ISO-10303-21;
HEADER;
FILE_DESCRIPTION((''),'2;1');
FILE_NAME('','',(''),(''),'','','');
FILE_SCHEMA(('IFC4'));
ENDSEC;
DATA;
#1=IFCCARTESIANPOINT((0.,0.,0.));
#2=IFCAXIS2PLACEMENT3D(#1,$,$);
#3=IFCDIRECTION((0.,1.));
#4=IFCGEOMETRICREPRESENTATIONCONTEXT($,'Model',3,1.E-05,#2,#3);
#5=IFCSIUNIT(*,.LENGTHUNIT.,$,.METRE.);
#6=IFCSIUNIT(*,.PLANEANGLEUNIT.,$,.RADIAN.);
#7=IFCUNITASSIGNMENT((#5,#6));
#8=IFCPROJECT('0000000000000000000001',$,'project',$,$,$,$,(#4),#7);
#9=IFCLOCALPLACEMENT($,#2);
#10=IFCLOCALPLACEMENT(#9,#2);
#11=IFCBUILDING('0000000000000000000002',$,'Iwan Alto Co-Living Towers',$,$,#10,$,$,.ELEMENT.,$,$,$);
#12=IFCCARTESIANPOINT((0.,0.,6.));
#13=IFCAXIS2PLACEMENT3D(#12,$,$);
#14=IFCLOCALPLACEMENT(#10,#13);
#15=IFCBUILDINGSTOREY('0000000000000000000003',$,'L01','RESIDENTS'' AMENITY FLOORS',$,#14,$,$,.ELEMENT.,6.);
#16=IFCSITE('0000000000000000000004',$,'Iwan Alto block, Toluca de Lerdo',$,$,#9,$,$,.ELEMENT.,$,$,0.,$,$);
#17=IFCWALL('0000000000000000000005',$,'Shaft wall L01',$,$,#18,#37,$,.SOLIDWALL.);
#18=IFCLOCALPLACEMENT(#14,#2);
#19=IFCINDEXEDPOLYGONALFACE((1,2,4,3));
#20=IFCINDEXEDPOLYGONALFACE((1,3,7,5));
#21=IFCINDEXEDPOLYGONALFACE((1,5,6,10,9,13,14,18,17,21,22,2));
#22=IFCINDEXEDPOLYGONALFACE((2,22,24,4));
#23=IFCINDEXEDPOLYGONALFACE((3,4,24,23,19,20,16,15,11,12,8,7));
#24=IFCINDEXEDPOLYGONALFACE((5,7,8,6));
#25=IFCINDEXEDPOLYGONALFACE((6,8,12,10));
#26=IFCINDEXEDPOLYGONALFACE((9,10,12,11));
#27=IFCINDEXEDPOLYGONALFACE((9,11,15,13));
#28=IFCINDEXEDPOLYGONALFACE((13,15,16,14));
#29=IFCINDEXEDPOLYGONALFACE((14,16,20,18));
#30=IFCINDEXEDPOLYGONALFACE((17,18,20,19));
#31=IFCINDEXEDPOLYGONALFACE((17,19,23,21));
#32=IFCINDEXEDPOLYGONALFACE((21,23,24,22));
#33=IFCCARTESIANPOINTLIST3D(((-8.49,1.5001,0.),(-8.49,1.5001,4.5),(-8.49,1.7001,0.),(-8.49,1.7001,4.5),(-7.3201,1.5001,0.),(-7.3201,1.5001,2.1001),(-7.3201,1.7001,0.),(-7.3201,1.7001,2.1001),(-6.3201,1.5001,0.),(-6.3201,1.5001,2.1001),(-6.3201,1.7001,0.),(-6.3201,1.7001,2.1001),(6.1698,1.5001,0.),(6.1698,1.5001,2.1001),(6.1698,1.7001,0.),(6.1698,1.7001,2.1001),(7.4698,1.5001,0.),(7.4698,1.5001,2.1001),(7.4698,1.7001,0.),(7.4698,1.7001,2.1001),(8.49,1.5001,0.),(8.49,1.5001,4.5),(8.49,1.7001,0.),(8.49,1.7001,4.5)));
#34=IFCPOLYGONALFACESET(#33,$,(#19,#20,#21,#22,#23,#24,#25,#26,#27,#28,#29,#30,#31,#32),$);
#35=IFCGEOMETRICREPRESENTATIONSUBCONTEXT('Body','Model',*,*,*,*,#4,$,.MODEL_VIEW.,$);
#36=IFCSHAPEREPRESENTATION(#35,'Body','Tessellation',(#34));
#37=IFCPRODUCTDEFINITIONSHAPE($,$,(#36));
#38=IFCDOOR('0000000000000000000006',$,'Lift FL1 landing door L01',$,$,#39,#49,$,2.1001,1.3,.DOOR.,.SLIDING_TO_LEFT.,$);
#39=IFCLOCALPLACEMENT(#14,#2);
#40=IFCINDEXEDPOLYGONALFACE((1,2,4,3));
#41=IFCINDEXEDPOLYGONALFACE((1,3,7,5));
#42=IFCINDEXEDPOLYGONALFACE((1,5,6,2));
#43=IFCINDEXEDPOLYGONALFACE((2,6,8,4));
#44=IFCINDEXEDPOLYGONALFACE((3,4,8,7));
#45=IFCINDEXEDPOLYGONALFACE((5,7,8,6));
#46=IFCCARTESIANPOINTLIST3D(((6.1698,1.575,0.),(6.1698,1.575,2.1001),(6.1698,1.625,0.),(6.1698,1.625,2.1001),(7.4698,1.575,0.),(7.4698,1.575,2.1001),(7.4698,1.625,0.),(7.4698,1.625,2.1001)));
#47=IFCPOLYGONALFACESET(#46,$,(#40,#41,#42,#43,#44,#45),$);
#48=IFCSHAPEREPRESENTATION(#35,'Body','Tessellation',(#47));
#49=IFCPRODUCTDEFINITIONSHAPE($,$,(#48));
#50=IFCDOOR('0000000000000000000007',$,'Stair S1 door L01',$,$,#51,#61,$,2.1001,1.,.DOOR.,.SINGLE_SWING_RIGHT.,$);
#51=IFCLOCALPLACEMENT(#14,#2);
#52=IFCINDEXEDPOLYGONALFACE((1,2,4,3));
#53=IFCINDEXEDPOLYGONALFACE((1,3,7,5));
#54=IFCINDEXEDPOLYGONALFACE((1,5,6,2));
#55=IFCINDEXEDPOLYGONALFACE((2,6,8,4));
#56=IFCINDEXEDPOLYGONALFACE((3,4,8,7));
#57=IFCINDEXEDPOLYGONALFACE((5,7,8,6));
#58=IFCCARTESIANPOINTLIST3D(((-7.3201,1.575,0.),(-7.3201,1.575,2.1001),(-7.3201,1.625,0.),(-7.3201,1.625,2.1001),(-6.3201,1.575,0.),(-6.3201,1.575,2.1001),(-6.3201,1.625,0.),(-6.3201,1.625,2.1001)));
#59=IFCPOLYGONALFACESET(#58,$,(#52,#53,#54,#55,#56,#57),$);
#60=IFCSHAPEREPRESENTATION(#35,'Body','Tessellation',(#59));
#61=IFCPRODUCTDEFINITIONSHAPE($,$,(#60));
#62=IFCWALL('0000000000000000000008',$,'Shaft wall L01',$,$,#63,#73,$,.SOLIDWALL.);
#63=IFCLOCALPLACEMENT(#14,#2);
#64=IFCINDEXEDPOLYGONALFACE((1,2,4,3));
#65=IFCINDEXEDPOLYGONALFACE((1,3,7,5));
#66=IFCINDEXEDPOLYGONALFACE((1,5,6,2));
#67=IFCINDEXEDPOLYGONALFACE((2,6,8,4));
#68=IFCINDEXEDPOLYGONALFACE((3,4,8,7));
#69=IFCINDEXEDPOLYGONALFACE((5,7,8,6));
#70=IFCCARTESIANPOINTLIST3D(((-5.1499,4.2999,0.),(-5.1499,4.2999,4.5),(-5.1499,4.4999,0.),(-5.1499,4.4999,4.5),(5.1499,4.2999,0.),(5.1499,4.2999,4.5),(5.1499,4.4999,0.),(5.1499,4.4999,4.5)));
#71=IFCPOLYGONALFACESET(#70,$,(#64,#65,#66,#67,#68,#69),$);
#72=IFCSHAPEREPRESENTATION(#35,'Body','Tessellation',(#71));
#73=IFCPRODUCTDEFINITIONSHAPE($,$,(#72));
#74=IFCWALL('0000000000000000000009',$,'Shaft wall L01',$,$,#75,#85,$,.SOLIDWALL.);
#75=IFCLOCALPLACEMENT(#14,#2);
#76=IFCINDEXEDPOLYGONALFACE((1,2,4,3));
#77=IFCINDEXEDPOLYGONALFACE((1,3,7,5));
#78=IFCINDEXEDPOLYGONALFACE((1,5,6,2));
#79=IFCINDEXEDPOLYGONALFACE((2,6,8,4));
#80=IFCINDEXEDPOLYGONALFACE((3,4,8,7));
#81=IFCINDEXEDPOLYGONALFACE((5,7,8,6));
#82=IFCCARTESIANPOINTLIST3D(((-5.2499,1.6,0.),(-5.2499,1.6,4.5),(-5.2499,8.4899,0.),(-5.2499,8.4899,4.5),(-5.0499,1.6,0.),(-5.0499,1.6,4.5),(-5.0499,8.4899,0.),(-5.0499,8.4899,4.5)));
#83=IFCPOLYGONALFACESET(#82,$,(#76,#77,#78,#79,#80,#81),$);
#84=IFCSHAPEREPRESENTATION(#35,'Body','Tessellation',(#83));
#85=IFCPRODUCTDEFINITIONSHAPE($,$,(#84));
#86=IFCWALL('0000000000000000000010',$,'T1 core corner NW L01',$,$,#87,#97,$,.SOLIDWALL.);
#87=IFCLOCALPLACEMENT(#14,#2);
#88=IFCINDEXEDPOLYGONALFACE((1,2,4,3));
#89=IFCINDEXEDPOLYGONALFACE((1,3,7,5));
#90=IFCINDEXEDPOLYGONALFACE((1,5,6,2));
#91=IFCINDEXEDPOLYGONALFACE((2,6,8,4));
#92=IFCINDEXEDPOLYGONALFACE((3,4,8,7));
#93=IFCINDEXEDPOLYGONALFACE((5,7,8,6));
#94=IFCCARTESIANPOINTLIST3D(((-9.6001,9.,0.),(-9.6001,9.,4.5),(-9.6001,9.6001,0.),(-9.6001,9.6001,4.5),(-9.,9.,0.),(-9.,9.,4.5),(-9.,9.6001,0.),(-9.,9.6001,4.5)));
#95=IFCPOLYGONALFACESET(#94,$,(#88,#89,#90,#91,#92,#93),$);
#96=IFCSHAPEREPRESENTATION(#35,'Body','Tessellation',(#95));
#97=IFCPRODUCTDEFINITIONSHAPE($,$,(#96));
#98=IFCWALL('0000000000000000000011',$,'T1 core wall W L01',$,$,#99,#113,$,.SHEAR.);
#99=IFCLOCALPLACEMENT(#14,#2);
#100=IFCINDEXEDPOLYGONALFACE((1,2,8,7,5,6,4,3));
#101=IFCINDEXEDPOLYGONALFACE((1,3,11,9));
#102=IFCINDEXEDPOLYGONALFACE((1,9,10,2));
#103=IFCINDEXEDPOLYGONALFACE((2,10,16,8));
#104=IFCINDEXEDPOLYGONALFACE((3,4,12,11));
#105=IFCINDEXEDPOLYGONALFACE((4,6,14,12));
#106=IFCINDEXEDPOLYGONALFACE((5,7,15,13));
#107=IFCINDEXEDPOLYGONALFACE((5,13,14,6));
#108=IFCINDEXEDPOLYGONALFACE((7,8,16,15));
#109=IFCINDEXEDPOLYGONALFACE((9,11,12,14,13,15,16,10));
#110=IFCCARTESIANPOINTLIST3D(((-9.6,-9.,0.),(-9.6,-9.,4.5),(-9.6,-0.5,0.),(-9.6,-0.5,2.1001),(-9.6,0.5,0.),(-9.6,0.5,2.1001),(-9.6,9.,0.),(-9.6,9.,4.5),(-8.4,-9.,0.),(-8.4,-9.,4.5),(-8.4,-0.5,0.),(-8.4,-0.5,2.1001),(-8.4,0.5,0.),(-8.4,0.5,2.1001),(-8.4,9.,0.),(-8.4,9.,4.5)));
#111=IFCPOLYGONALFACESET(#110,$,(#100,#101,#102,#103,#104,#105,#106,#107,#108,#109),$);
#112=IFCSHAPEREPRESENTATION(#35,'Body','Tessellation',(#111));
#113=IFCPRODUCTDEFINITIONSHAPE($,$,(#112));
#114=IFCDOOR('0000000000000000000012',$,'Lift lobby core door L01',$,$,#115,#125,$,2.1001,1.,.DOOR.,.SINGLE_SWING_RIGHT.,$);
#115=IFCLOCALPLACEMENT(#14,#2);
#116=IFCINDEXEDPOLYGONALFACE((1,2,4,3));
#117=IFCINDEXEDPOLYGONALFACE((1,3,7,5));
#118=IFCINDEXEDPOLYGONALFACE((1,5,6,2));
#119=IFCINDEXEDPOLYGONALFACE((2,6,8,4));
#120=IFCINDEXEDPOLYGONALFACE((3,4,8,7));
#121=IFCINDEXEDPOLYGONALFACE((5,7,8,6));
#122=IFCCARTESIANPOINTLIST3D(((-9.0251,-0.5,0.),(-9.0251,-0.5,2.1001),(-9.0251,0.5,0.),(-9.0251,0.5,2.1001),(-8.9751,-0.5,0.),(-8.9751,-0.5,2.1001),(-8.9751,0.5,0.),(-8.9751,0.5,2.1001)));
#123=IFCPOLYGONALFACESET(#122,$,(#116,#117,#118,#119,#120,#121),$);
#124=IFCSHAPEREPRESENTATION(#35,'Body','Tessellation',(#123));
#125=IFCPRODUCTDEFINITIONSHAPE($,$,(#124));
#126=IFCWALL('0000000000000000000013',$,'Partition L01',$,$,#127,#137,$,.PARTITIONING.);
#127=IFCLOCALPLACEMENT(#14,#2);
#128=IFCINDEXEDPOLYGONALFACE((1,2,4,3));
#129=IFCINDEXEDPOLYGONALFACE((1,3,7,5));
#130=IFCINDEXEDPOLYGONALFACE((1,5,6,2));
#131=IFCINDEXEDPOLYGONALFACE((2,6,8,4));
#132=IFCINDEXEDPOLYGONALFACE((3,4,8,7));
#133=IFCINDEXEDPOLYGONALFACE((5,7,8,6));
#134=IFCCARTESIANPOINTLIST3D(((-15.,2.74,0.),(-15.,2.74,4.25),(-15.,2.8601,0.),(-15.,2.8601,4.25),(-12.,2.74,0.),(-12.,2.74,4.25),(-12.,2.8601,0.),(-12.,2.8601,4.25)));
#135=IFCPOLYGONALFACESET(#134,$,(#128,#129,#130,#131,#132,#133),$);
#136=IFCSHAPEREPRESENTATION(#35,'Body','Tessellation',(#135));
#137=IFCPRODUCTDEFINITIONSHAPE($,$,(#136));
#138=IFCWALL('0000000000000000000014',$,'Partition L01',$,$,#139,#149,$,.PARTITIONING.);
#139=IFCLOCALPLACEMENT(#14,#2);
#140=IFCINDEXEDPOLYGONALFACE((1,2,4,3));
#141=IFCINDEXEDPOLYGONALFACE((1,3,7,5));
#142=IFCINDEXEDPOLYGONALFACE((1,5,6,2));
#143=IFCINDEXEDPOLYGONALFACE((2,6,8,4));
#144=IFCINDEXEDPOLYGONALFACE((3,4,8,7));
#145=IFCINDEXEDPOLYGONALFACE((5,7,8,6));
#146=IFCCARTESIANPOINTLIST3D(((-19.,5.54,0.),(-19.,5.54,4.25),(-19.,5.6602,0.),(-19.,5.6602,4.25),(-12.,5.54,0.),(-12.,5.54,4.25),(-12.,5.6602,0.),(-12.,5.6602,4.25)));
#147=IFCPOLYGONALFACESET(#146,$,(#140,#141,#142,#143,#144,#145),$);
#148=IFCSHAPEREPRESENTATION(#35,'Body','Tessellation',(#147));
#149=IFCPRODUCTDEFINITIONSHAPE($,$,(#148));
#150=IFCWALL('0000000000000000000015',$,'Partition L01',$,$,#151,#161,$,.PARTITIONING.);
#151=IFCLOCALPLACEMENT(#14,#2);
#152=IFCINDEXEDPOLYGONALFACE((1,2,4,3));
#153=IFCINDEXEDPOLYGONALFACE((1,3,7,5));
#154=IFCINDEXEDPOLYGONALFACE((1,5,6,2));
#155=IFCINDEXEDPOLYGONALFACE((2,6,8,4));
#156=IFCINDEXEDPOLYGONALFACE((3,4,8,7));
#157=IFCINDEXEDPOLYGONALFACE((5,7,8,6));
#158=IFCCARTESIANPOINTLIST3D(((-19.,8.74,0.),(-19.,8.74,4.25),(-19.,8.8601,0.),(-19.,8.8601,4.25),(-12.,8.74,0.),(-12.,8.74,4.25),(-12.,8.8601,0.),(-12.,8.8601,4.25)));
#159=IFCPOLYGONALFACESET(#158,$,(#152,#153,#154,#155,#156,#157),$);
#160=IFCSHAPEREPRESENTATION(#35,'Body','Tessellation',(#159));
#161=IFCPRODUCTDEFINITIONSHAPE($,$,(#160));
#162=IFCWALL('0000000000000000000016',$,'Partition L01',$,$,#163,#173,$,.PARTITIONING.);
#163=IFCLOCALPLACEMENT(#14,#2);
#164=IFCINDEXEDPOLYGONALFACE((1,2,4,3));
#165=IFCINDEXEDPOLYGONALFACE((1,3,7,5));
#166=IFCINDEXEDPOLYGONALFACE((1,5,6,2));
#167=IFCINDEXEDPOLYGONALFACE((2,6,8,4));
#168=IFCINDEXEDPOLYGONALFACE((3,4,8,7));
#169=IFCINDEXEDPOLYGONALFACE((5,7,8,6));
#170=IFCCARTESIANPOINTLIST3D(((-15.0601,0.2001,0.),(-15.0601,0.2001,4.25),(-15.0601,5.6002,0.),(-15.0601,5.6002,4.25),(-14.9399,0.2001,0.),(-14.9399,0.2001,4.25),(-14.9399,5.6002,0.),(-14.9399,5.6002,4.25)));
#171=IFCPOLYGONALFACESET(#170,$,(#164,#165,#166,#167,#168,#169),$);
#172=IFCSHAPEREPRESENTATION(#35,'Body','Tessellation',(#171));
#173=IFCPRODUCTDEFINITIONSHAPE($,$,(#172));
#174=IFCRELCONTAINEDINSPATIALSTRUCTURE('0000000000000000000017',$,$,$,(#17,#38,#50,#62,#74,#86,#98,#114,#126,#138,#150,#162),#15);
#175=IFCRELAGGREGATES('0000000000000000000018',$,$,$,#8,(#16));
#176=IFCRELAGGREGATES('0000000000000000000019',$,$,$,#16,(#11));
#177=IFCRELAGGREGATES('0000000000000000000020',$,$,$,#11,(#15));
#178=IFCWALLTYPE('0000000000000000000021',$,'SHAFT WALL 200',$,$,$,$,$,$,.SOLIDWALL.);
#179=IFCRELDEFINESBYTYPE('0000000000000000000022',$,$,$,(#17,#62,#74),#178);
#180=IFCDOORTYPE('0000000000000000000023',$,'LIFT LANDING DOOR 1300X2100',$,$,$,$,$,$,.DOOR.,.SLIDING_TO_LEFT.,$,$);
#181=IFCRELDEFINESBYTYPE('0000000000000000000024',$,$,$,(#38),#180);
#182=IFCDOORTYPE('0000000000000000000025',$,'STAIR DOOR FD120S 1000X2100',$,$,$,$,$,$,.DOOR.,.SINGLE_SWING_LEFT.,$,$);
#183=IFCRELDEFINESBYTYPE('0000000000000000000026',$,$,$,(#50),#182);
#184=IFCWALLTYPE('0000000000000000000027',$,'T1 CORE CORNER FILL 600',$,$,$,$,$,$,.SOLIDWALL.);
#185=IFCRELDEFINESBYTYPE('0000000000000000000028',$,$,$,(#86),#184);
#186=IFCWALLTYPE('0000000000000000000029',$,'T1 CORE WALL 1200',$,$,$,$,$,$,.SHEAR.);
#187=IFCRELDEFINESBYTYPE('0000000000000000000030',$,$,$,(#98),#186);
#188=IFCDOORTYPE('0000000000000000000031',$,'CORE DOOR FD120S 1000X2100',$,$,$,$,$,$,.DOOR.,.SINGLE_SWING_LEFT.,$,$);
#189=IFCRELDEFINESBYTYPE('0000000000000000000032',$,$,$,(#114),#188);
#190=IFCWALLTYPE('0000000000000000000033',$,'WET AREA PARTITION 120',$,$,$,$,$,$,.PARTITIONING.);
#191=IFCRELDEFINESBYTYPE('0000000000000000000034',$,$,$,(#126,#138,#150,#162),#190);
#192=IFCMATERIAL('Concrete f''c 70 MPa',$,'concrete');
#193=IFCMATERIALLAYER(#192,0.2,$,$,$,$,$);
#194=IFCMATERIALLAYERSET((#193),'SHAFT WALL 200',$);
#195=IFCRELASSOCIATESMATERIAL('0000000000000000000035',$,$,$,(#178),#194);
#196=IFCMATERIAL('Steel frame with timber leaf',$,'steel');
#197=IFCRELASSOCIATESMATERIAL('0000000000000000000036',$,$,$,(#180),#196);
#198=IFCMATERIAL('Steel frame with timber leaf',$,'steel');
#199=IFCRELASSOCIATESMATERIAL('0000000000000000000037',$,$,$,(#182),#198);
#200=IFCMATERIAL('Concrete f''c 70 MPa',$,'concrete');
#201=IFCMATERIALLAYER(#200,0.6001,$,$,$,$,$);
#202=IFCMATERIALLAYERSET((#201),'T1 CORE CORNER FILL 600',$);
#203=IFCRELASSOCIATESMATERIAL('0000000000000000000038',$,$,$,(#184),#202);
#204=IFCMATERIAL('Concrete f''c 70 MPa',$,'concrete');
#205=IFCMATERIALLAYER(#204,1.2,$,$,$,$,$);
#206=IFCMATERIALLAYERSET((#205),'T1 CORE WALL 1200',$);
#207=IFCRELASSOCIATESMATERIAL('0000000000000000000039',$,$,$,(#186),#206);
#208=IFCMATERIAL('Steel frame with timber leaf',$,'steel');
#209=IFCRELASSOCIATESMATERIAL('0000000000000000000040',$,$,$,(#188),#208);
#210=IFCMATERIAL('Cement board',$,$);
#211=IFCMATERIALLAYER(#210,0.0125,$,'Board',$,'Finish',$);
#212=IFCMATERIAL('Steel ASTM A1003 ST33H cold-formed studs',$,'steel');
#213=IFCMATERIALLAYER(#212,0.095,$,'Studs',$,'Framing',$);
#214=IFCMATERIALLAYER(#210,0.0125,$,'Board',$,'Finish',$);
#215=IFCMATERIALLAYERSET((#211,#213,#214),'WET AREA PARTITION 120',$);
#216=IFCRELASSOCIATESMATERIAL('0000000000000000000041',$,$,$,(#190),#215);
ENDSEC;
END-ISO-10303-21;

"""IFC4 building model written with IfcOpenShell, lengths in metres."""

from ifc_helpers import new_model, si_unit, direction, frame, frame_2d, origin, place, context, subcontext, project, spatial, rectangle, extrude, material, layer, layer_set, type_object, element, fill, save


model = new_model("IFC4")

# Units and contexts
model_context = context("Model", 3, precision=1e-05, world=origin(), true_north=direction((0.0, 1.0)))
body_context = subcontext(model_context, "Body", "Model", "MODEL_VIEW")
ifc_project = project(units=[si_unit("LENGTHUNIT", "METRE"), si_unit("PLANEANGLEUNIT", "RADIAN")], contexts=[model_context])

# Site, building, storey
site_placement = place(None, origin())
site = spatial("IfcSite", under=ifc_project, at=site_placement, Name="Iwan Alto block, Toluca de Lerdo", CompositionType="ELEMENT", RefElevation=0.0)
building_placement = place(site_placement, origin())
building = spatial("IfcBuilding", under=site, at=building_placement, Name="Iwan Alto Co-Living Towers", CompositionType="ELEMENT")
storey_placement = place(building_placement, frame((0.0, 0.0, 6.0)))
storey = spatial("IfcBuildingStorey", under=building, at=storey_placement, Name="L01", Description="RESIDENTS' AMENITY FLOORS", CompositionType="ELEMENT", Elevation=6.0)

# Wall, openings, doors
ifc_material_1 = material(Name="Concrete f'c 70 MPa", Category="concrete")
ifc_layer_1 = layer(ifc_material_1, 0.2)
ifc_layer_set_1 = layer_set([ifc_layer_1], Name="SHAFT WALL 200")
wall_type_1 = type_object("IfcWallType", Name="SHAFT WALL 200", PredefinedType="SOLIDWALL", material=ifc_layer_set_1)
wall_1_placement = place(storey_placement, frame((-8.49, 1.6001, 0.0), z_axis=(0.0, 0.0, 1.0), x_axis=(1.0, 0.0, 0.0)))
wall_1 = element("IfcWall", 1, at=wall_1_placement, inside=storey, type_object=wall_type_1, Name="Shaft wall L01", PredefinedType="SOLIDWALL", context=body_context, shape_type="SweptSolid", body=[
    extrude(rectangle(XDim=16.98, YDim=0.2, at=frame_2d((8.49, 0.0))), origin(), (0.0, 0.0, 1.0), 4.5),
])
opening_1_placement = place(wall_1_placement, frame((1.1699, 0.0, 0.0)))
opening_1 = element("IfcOpeningElement", 2, at=opening_1_placement, cuts=wall_1, PredefinedType="OPENING", context=body_context, shape_type="SweptSolid", body=[
    extrude(rectangle(XDim=1.0, YDim=2.1001, at=frame_2d((0.5, 1.05))), frame((0.0, 0.1099, 0.0), z_axis=(0.0, -1.0, 0.0), x_axis=(1.0, 0.0, 0.0)), (0.0, 0.0, 1.0), 0.22),
])
opening_2_placement = place(wall_1_placement, frame((14.6599, 0.0, 0.0)))
opening_2 = element("IfcOpeningElement", 3, at=opening_2_placement, cuts=wall_1, PredefinedType="OPENING", context=body_context, shape_type="SweptSolid", body=[
    extrude(rectangle(XDim=1.3, YDim=2.1001, at=frame_2d((0.6499, 1.05))), frame((0.0, 0.1099, 0.0), z_axis=(0.0, -1.0, 0.0), x_axis=(1.0, 0.0, 0.0)), (0.0, 0.0, 1.0), 0.22),
])
ifc_material_2 = material(Name="Steel frame with timber leaf", Category="steel")
door_type_1 = type_object("IfcDoorType", Name="LIFT LANDING DOOR 1300X2100", OperationType="SLIDING_TO_LEFT", PredefinedType="DOOR", material=ifc_material_2)
door_1_placement = place(opening_2_placement, origin())
door_1 = element("IfcDoor", 4, at=door_1_placement, inside=storey, type_object=door_type_1, Name="Lift FL1 landing door L01", OperationType="SLIDING_TO_LEFT", OverallHeight=2.1001, OverallWidth=1.3, PredefinedType="DOOR", context=body_context, shape_type="SweptSolid", body=[
    extrude(rectangle(XDim=1.3, YDim=2.1001, at=frame_2d((0.6499, 1.05))), frame((0.0, 0.0249, 0.0), z_axis=(0.0, -1.0, 0.0), x_axis=(1.0, 0.0, 0.0)), (0.0, 0.0, 1.0), 0.05),
])
fill(opening_2, door_1)
ifc_material_3 = material(Name="Steel frame with timber leaf", Category="steel")
door_type_2 = type_object("IfcDoorType", Name="STAIR DOOR FD120S 1000X2100", OperationType="SINGLE_SWING_LEFT", PredefinedType="DOOR", material=ifc_material_3)
door_2_placement = place(opening_1_placement, origin())
door_2 = element("IfcDoor", 5, at=door_2_placement, inside=storey, type_object=door_type_2, Name="Stair S1 door L01", OperationType="SINGLE_SWING_RIGHT", OverallHeight=2.1001, OverallWidth=1.0, PredefinedType="DOOR", context=body_context, shape_type="SweptSolid", body=[
    extrude(rectangle(XDim=1.0, YDim=2.1001, at=frame_2d((0.5, 1.05))), frame((0.0, 0.0249, 0.0), z_axis=(0.0, -1.0, 0.0), x_axis=(1.0, 0.0, 0.0)), (0.0, 0.0, 1.0), 0.05),
])
fill(opening_1, door_2)

# Walls
wall_2_placement = place(storey_placement, frame((-5.1499, 4.3999, 0.0), z_axis=(0.0, 0.0, 1.0), x_axis=(1.0, 0.0, 0.0)))
element("IfcWall", 6, at=wall_2_placement, inside=storey, type_object=wall_type_1, Name="Shaft wall L01", PredefinedType="SOLIDWALL", context=body_context, shape_type="SweptSolid", body=[
    extrude(rectangle(XDim=10.2998, YDim=0.2, at=frame_2d((5.1499, 0.0))), origin(), (0.0, 0.0, 1.0), 4.5),
])
wall_3_placement = place(storey_placement, frame((-5.1499, 1.6001, 0.0), z_axis=(0.0, 0.0, 1.0), x_axis=(0.0, 1.0, 0.0)))
element("IfcWall", 7, at=wall_3_placement, inside=storey, type_object=wall_type_1, Name="Shaft wall L01", PredefinedType="SOLIDWALL", context=body_context, shape_type="SweptSolid", body=[
    extrude(rectangle(XDim=6.8899, YDim=0.2, at=frame_2d((3.4448, 0.0))), origin(), (0.0, 0.0, 1.0), 4.5),
])
ifc_material_4 = material(Name="Concrete f'c 70 MPa", Category="concrete")
ifc_layer_2 = layer(ifc_material_4, 0.6001)
ifc_layer_set_2 = layer_set([ifc_layer_2], Name="T1 CORE CORNER FILL 600")
wall_type_2 = type_object("IfcWallType", Name="T1 CORE CORNER FILL 600", PredefinedType="SOLIDWALL", material=ifc_layer_set_2)
wall_4_placement = place(storey_placement, frame((-9.6001, 9.3, 0.0), z_axis=(0.0, 0.0, 1.0), x_axis=(1.0, 0.0, 0.0)))
element("IfcWall", 8, at=wall_4_placement, inside=storey, type_object=wall_type_2, Name="T1 core corner NW L01", PredefinedType="SOLIDWALL", context=body_context, shape_type="SweptSolid", body=[
    extrude(rectangle(XDim=0.6001, YDim=0.6001, at=frame_2d((0.3, 0.0))), origin(), (0.0, 0.0, 1.0), 4.5),
])

# Wall, opening, door
ifc_material_5 = material(Name="Concrete f'c 70 MPa", Category="concrete")
ifc_layer_3 = layer(ifc_material_5, 1.2)
ifc_layer_set_3 = layer_set([ifc_layer_3], Name="T1 CORE WALL 1200")
wall_type_3 = type_object("IfcWallType", Name="T1 CORE WALL 1200", PredefinedType="SHEAR", material=ifc_layer_set_3)
wall_5_placement = place(storey_placement, frame((-9.0, 9.0, 0.0), z_axis=(0.0, 0.0, 1.0), x_axis=(0.0, -1.0, 0.0)))
wall_5 = element("IfcWall", 9, at=wall_5_placement, inside=storey, type_object=wall_type_3, Name="T1 core wall W L01", PredefinedType="SHEAR", context=body_context, shape_type="SweptSolid", body=[
    extrude(rectangle(XDim=18.0, YDim=1.2, at=frame_2d((9.0, 0.0))), origin(), (0.0, 0.0, 1.0), 4.5),
])
opening_3_placement = place(wall_5_placement, frame((8.5, 0.0, 0.0)))
opening_3 = element("IfcOpeningElement", 10, at=opening_3_placement, cuts=wall_5, PredefinedType="OPENING", context=body_context, shape_type="SweptSolid", body=[
    extrude(rectangle(XDim=1.0, YDim=2.1001, at=frame_2d((0.5, 1.05))), frame((0.0, 0.6099, 0.0), z_axis=(0.0, -1.0, 0.0), x_axis=(1.0, 0.0, 0.0)), (0.0, 0.0, 1.0), 1.22),
])
ifc_material_6 = material(Name="Steel frame with timber leaf", Category="steel")
door_type_3 = type_object("IfcDoorType", Name="CORE DOOR FD120S 1000X2100", OperationType="SINGLE_SWING_LEFT", PredefinedType="DOOR", material=ifc_material_6)
door_3_placement = place(opening_3_placement, origin())
door_3 = element("IfcDoor", 11, at=door_3_placement, inside=storey, type_object=door_type_3, Name="Lift lobby core door L01", OperationType="SINGLE_SWING_RIGHT", OverallHeight=2.1001, OverallWidth=1.0, PredefinedType="DOOR", context=body_context, shape_type="SweptSolid", body=[
    extrude(rectangle(XDim=1.0, YDim=2.1001, at=frame_2d((0.5, 1.05))), frame((0.0, 0.0249, 0.0), z_axis=(0.0, -1.0, 0.0), x_axis=(1.0, 0.0, 0.0)), (0.0, 0.0, 1.0), 0.05),
])
fill(opening_3, door_3)

# Walls
ifc_material_7 = material(Name="Cement board")
ifc_layer_4 = layer(ifc_material_7, 0.0125, Name="Board", Category="Finish")
ifc_material_8 = material(Name="Steel ASTM A1003 ST33H cold-formed studs", Category="steel")
ifc_layer_5 = layer(ifc_material_8, 0.095, Name="Studs", Category="Framing")
ifc_layer_6 = layer(ifc_material_7, 0.0125, Name="Board", Category="Finish")
ifc_layer_set_4 = layer_set([ifc_layer_4, ifc_layer_5, ifc_layer_6], Name="WET AREA PARTITION 120")
wall_type_4 = type_object("IfcWallType", Name="WET AREA PARTITION 120", PredefinedType="PARTITIONING", material=ifc_layer_set_4)
wall_6_placement = place(storey_placement, frame((-15.0, 2.8, 0.0), z_axis=(0.0, 0.0, 1.0), x_axis=(1.0, 0.0, 0.0)))
element("IfcWall", 12, at=wall_6_placement, inside=storey, type_object=wall_type_4, Name="Partition L01", PredefinedType="PARTITIONING", context=body_context, shape_type="SweptSolid", body=[
    extrude(rectangle(XDim=3.0, YDim=0.1201, at=frame_2d((1.5, 0.0))), origin(), (0.0, 0.0, 1.0), 4.25),
])
for number, where, z_axis, x_axis, name in (
    (13, (-19.0, 5.6001, 0.0), (0.0, 0.0, 1.0), (1.0, 0.0, 0.0), "Partition L01"),
    (14, (-19.0, 8.8, 0.0), (0.0, 0.0, 1.0), (1.0, 0.0, 0.0), "Partition L01"),
):
    element("IfcWall", number, at=place(storey_placement, frame(where, z_axis=z_axis, x_axis=x_axis)), inside=storey, type_object=wall_type_4, Name=name, PredefinedType="PARTITIONING", context=body_context, shape_type="SweptSolid", body=[
        extrude(rectangle(XDim=7.0, YDim=0.1201, at=frame_2d((3.5, 0.0))), origin(), (0.0, 0.0, 1.0), 4.25),
    ])
wall_7_placement = place(storey_placement, frame((-15.0, 0.2, 0.0), z_axis=(0.0, 0.0, 1.0), x_axis=(0.0, 1.0, 0.0)))
element("IfcWall", 15, at=wall_7_placement, inside=storey, type_object=wall_type_4, Name="Partition L01", PredefinedType="PARTITIONING", context=body_context, shape_type="SweptSolid", body=[
    extrude(rectangle(XDim=5.4001, YDim=0.1201, at=frame_2d((2.7002, 0.0))), origin(), (0.0, 0.0, 1.0), 4.25),
])

save(model, "model.ifc")
